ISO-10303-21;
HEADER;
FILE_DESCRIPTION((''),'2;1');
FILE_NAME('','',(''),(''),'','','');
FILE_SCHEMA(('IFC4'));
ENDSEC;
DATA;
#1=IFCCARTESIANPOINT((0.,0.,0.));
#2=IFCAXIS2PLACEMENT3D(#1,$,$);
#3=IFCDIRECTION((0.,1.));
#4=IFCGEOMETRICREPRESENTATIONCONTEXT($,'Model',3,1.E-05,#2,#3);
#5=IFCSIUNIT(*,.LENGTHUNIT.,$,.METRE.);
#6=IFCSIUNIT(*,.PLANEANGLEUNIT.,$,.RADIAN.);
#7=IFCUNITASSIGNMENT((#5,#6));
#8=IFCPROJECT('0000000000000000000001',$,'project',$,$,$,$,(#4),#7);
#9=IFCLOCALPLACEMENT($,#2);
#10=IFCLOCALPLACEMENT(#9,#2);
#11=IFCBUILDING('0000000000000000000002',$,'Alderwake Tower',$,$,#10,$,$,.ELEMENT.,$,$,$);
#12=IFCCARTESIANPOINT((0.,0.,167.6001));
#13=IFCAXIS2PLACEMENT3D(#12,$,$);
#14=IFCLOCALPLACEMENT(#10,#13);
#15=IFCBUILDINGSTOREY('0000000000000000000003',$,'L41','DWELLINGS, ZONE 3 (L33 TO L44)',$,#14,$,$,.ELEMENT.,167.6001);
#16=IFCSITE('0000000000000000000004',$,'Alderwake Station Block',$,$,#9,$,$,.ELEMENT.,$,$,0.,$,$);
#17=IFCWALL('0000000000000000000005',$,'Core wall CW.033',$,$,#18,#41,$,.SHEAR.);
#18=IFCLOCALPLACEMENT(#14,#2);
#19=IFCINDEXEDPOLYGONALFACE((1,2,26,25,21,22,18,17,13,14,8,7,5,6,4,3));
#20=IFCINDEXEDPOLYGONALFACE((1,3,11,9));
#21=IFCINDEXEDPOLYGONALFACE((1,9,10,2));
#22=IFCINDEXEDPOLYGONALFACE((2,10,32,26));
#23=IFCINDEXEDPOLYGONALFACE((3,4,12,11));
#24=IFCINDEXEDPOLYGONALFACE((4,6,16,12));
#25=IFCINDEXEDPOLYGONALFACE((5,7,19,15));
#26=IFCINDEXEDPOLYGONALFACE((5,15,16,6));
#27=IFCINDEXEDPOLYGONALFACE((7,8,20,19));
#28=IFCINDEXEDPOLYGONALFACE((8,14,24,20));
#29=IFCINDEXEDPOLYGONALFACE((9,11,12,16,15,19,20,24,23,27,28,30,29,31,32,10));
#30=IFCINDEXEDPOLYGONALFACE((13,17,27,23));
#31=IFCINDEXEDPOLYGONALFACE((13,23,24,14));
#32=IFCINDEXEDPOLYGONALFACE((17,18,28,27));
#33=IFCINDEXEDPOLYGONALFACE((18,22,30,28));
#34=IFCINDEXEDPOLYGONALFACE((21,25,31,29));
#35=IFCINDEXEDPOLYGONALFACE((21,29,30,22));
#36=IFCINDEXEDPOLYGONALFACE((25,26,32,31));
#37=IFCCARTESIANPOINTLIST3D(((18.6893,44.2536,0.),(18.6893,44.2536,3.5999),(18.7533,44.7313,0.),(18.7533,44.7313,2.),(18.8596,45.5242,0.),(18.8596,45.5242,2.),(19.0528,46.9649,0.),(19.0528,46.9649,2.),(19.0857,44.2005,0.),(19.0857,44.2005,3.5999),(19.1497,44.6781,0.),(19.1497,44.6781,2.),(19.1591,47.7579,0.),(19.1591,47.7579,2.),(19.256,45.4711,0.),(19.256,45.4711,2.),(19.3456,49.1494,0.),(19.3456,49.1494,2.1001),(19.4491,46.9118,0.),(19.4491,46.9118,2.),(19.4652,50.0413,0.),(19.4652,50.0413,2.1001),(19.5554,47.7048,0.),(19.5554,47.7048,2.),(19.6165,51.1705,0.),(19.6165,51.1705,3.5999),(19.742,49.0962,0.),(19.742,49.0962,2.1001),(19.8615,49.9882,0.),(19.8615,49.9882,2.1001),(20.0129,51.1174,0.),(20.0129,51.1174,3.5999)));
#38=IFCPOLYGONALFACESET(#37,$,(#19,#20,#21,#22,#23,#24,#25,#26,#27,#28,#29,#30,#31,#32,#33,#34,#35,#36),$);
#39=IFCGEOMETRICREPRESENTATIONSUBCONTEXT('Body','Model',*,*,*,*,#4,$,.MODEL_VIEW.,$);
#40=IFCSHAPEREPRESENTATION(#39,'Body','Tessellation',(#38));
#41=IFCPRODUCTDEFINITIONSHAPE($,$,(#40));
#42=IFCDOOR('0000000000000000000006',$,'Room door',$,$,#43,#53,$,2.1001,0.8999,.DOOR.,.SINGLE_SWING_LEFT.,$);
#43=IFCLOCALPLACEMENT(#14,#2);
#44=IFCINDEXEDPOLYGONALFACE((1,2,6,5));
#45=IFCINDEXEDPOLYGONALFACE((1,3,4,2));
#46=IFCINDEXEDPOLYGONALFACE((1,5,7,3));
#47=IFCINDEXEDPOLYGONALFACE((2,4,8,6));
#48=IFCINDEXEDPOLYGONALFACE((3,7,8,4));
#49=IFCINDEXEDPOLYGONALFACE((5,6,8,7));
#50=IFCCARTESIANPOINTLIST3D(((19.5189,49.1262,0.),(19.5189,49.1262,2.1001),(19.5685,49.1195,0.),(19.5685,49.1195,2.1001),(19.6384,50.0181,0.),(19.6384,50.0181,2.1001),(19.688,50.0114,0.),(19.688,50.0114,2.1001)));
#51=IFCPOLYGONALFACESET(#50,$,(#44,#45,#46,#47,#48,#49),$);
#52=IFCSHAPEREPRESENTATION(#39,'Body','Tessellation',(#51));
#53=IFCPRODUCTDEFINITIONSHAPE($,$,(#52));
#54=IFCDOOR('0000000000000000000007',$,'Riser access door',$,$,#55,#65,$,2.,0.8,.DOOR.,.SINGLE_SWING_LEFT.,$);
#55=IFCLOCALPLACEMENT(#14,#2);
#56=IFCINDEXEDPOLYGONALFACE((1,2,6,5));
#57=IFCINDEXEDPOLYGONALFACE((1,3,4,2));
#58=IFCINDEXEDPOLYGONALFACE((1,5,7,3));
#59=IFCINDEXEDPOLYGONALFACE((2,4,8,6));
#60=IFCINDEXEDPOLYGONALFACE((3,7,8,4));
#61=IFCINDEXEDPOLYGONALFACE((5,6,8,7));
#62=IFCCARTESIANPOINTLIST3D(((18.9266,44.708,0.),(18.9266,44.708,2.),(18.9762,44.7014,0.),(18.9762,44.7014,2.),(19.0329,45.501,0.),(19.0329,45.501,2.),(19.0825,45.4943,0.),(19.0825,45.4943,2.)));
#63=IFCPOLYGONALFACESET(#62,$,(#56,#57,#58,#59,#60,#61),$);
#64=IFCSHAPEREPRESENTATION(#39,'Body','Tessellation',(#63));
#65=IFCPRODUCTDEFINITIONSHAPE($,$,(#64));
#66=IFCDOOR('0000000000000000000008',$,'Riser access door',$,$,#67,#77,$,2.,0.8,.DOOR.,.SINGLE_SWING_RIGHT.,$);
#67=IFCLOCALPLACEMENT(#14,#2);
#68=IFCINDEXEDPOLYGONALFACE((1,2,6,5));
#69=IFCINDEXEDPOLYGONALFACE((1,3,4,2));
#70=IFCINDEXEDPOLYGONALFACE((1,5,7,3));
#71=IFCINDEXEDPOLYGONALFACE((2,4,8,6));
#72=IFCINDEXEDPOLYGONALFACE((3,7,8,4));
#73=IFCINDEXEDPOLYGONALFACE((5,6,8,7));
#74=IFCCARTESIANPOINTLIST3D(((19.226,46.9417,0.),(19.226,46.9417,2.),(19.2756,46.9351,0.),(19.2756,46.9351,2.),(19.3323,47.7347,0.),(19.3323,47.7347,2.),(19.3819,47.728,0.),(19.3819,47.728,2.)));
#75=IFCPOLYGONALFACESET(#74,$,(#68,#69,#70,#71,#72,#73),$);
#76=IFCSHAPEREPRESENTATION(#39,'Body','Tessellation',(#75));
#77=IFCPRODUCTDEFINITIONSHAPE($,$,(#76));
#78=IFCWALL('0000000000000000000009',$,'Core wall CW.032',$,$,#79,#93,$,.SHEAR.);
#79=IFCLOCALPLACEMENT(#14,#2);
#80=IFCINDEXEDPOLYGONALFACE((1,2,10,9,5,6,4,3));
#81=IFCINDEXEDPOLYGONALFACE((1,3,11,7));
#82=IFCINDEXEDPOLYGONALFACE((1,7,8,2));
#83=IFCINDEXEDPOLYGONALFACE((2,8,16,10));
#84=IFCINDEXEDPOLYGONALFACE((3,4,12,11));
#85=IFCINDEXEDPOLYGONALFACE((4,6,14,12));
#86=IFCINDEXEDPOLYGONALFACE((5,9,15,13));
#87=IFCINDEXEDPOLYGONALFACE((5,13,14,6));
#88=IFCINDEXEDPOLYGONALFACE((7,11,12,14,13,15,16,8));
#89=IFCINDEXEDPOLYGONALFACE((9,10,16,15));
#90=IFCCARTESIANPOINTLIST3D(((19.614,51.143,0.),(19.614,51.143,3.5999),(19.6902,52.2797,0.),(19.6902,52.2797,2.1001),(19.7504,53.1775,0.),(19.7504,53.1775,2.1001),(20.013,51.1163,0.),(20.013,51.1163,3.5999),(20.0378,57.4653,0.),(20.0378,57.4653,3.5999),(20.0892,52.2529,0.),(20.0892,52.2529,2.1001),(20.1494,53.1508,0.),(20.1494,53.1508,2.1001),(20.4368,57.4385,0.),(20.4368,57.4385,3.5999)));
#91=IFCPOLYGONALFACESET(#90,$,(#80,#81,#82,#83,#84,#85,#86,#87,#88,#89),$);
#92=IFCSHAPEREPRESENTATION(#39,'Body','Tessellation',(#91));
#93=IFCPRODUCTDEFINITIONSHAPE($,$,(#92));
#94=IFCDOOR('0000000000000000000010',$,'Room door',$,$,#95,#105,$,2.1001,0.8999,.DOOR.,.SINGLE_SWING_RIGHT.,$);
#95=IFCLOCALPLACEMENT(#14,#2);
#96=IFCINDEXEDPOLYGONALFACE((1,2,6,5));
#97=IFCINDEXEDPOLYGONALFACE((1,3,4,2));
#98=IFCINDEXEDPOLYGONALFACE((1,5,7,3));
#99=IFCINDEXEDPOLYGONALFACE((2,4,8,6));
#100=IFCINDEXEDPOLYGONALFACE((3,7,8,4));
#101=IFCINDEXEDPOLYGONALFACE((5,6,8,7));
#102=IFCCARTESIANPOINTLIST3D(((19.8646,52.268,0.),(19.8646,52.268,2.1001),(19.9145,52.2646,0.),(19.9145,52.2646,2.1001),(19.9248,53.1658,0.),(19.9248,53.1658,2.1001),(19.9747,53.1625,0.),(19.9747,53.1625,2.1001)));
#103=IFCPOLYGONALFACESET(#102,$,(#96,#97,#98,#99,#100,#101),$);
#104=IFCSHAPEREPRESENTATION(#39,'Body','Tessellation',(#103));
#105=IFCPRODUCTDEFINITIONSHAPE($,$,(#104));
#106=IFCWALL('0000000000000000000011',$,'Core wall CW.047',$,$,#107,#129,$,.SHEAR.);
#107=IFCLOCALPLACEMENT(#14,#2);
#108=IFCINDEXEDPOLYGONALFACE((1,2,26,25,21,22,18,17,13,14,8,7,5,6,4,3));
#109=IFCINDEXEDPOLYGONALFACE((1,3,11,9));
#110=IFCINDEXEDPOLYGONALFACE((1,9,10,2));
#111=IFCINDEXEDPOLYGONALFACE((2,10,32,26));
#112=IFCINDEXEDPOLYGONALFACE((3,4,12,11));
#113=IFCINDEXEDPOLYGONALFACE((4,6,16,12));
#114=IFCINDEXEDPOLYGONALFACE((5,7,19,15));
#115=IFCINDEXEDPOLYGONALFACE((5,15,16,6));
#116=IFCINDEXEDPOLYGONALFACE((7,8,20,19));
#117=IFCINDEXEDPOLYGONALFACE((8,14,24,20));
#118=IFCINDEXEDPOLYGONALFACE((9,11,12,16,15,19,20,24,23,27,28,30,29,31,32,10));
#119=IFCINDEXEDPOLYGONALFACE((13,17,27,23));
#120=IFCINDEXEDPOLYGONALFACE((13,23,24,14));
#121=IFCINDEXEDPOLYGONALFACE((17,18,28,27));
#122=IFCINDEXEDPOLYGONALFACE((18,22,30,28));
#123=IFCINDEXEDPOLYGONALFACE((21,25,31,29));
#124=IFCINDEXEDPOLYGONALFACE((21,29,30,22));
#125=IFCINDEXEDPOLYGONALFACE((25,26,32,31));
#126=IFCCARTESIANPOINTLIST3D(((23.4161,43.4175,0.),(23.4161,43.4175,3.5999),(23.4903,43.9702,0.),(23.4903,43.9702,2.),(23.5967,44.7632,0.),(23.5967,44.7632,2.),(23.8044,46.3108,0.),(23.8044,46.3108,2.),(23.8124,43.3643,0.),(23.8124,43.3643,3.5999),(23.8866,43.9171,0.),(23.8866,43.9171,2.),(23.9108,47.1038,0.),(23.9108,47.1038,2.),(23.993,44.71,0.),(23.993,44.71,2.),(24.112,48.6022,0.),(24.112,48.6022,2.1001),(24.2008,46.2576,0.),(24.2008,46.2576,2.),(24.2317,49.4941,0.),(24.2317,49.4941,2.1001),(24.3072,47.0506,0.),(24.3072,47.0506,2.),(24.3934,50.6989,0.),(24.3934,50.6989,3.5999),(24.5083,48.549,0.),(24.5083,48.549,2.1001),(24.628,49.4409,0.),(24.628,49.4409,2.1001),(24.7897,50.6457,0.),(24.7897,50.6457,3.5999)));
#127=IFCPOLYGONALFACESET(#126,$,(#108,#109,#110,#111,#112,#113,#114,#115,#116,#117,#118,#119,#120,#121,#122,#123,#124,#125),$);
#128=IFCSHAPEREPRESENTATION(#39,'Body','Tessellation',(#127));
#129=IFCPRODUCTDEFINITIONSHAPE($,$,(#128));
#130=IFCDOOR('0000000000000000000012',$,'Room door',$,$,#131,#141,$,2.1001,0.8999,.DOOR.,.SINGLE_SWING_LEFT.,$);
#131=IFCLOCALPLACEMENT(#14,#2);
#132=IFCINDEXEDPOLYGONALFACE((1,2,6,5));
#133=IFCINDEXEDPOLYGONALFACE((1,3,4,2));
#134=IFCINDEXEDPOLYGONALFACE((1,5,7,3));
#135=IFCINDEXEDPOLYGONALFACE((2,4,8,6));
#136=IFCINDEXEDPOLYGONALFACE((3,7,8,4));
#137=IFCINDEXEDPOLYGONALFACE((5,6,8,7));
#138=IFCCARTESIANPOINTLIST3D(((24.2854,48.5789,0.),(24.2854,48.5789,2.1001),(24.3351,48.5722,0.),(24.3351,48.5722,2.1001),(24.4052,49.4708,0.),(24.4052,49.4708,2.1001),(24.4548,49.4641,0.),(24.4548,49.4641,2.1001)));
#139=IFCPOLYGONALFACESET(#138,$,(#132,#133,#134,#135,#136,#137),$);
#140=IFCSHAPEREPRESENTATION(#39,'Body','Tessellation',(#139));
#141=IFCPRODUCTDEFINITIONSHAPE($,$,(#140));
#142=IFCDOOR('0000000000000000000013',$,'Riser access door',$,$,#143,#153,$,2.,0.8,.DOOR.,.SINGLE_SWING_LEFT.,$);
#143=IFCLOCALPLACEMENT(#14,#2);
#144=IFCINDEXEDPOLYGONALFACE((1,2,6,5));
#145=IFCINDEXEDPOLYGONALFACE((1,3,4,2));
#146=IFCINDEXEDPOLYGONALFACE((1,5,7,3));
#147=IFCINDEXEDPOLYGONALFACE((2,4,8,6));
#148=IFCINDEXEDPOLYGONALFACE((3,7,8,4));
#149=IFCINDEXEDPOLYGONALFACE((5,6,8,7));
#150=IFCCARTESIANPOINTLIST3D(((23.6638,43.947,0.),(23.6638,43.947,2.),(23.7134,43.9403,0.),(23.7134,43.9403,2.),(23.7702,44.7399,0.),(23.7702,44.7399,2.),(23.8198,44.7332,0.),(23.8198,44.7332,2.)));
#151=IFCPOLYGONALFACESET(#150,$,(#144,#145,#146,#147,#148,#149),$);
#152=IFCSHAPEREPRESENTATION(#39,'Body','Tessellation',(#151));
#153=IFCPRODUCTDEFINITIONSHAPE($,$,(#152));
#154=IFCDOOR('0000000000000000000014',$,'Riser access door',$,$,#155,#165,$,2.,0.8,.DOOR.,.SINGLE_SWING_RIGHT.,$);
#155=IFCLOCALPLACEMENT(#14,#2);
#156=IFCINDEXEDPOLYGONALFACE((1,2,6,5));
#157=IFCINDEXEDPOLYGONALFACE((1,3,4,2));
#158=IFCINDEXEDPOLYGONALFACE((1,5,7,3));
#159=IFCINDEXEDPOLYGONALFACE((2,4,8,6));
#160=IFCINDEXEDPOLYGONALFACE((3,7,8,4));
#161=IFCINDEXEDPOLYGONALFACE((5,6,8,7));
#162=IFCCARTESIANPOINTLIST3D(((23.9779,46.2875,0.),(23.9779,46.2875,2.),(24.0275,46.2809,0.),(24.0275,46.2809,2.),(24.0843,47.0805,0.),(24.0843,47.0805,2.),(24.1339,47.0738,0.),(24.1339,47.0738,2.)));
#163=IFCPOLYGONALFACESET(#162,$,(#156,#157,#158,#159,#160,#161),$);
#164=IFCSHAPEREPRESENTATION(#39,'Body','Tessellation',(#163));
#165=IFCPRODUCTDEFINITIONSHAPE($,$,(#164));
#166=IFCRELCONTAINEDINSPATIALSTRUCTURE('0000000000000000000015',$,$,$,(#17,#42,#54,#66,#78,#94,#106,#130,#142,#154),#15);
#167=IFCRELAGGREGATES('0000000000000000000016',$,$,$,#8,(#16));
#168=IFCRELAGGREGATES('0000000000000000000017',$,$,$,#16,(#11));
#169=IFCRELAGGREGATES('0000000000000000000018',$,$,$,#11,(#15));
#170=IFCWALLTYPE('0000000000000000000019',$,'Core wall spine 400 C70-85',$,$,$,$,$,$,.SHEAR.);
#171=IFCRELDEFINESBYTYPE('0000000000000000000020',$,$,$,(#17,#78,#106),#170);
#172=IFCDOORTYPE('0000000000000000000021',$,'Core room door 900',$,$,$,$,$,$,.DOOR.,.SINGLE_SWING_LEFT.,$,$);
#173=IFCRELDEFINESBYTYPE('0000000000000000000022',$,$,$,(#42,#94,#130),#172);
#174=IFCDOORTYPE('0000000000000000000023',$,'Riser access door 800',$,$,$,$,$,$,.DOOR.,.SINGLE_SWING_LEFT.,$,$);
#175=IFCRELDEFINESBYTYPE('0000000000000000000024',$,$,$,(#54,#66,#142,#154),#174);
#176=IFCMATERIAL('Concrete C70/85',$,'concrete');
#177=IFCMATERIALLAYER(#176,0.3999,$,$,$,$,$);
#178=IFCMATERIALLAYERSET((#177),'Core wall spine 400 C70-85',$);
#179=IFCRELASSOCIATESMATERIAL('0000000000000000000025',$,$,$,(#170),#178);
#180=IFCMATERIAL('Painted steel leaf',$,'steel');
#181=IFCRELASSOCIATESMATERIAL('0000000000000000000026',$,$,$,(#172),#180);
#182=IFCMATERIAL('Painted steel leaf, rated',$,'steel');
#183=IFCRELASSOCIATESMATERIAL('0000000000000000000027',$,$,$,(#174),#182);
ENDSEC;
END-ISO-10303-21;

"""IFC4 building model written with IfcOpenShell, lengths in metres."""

from ifc_helpers import new_model, si_unit, direction, frame, frame_2d, origin, place, context, subcontext, project, spatial, rectangle, extrude, material, layer, layer_set, type_object, element, fill, save


model = new_model("IFC4")

# Units and contexts
model_context = context("Model", 3, precision=1e-05, world=origin(), true_north=direction((0.0, 1.0)))
body_context = subcontext(model_context, "Body", "Model", "MODEL_VIEW")
ifc_project = project(units=[si_unit("LENGTHUNIT", "METRE"), si_unit("PLANEANGLEUNIT", "RADIAN")], contexts=[model_context])

# Site, building, storey
site_placement = place(None, origin())
site = spatial("IfcSite", under=ifc_project, at=site_placement, Name="Alderwake Station Block", CompositionType="ELEMENT", RefElevation=0.0)
building_placement = place(site_placement, origin())
building = spatial("IfcBuilding", under=site, at=building_placement, Name="Alderwake Tower", CompositionType="ELEMENT")
storey_placement = place(building_placement, frame((0.0, 0.0, 167.6001)))
storey = spatial("IfcBuildingStorey", under=building, at=storey_placement, Name="L41", Description="DWELLINGS, ZONE 3 (L33 TO L44)", CompositionType="ELEMENT", Elevation=167.6001)

# Wall, openings, doors
ifc_material_1 = material(Name="Concrete C70/85", Category="concrete")
ifc_layer_1 = layer(ifc_material_1, 0.3999)
ifc_layer_set_1 = layer_set([ifc_layer_1], Name="Core wall spine 400 C70-85")
wall_type_1 = type_object("IfcWallType", Name="Core wall spine 400 C70-85", PredefinedType="SHEAR", material=ifc_layer_set_1)
wall_1_placement = place(storey_placement, frame((19.8147, 51.1438, 0.0), z_axis=(0.0, 0.0, 1.0), x_axis=(-0.132865, -0.991134, 0.0)))
wall_1 = element("IfcWall", 1, at=wall_1_placement, inside=storey, type_object=wall_type_1, Name="Core wall CW.033", PredefinedType="SHEAR", context=body_context, shape_type="SweptSolid", body=[
    extrude(rectangle(XDim=6.9788, YDim=0.3999, at=frame_2d((3.4893, 0.0))), origin(), (0.0, 0.0, 1.0), 3.5999),
])
opening_1_placement = place(wall_1_placement, frame((5.6968, 0.0, 0.0)))
opening_1 = element("IfcOpeningElement", 2, at=opening_1_placement, cuts=wall_1, PredefinedType="OPENING", context=body_context, shape_type="SweptSolid", body=[
    extrude(rectangle(XDim=0.8, YDim=2.0, at=frame_2d((0.3999, 1.0))), frame((0.0, 0.21, 0.0), z_axis=(0.0, -1.0, 0.0), x_axis=(1.0, 0.0, 0.0)), (0.0, 0.0, 1.0), 0.4199),
])
opening_2_placement = place(wall_1_placement, frame((3.4431, 0.0, 0.0)))
opening_2 = element("IfcOpeningElement", 3, at=opening_2_placement, cuts=wall_1, PredefinedType="OPENING", context=body_context, shape_type="SweptSolid", body=[
    extrude(rectangle(XDim=0.8, YDim=2.0, at=frame_2d((0.3999, 1.0))), frame((0.0, 0.21, 0.0), z_axis=(0.0, -1.0, 0.0), x_axis=(1.0, 0.0, 0.0)), (0.0, 0.0, 1.0), 0.4199),
])
opening_3_placement = place(wall_1_placement, frame((1.1392, 0.0, 0.0)))
opening_3 = element("IfcOpeningElement", 4, at=opening_3_placement, cuts=wall_1, PredefinedType="OPENING", context=body_context, shape_type="SweptSolid", body=[
    extrude(rectangle(XDim=0.8999, YDim=2.1001, at=frame_2d((0.45, 1.05))), frame((0.0, 0.21, 0.0), z_axis=(0.0, -1.0, 0.0), x_axis=(1.0, 0.0, 0.0)), (0.0, 0.0, 1.0), 0.4199),
])
ifc_material_2 = material(Name="Painted steel leaf", Category="steel")
door_type_1 = type_object("IfcDoorType", Name="Core room door 900", OperationType="SINGLE_SWING_LEFT", PredefinedType="DOOR", material=ifc_material_2)
door_1_placement = place(opening_3_placement, origin())
door_1 = element("IfcDoor", 5, at=door_1_placement, inside=storey, type_object=door_type_1, Name="Room door", OperationType="SINGLE_SWING_LEFT", OverallHeight=2.1001, OverallWidth=0.8999, PredefinedType="DOOR", context=body_context, shape_type="SweptSolid", body=[
    extrude(rectangle(XDim=0.8999, YDim=2.1001, at=frame_2d((0.45, 1.05))), frame((0.0, 0.0249, 0.0), z_axis=(0.0, -1.0, 0.0), x_axis=(1.0, 0.0, 0.0)), (0.0, 0.0, 1.0), 0.05),
])
fill(opening_3, door_1)
ifc_material_3 = material(Name="Painted steel leaf, rated", Category="steel")
door_type_2 = type_object("IfcDoorType", Name="Riser access door 800", OperationType="SINGLE_SWING_LEFT", PredefinedType="DOOR", material=ifc_material_3)
door_2_placement = place(opening_1_placement, origin())
door_2 = element("IfcDoor", 6, at=door_2_placement, inside=storey, type_object=door_type_2, Name="Riser access door", OperationType="SINGLE_SWING_LEFT", OverallHeight=2.0, OverallWidth=0.8, PredefinedType="DOOR", context=body_context, shape_type="SweptSolid", body=[
    extrude(rectangle(XDim=0.8, YDim=2.0, at=frame_2d((0.3999, 1.0))), frame((0.0, 0.0249, 0.0), z_axis=(0.0, -1.0, 0.0), x_axis=(1.0, 0.0, 0.0)), (0.0, 0.0, 1.0), 0.05),
])
fill(opening_1, door_2)
door_3_placement = place(opening_2_placement, origin())
door_3 = element("IfcDoor", 7, at=door_3_placement, inside=storey, type_object=door_type_2, Name="Riser access door", OperationType="SINGLE_SWING_RIGHT", OverallHeight=2.0, OverallWidth=0.8, PredefinedType="DOOR", context=body_context, shape_type="SweptSolid", body=[
    extrude(rectangle(XDim=0.8, YDim=2.0, at=frame_2d((0.3999, 1.0))), frame((0.0, 0.0249, 0.0), z_axis=(0.0, -1.0, 0.0), x_axis=(1.0, 0.0, 0.0)), (0.0, 0.0, 1.0), 0.05),
])
fill(opening_2, door_3)

# Wall, opening, door
wall_2_placement = place(storey_placement, frame((20.2373, 57.4519, 0.0), z_axis=(0.0, 0.0, 1.0), x_axis=(-0.066887, -0.997761, 0.0)))
wall_2 = element("IfcWall", 8, at=wall_2_placement, inside=storey, type_object=wall_type_1, Name="Core wall CW.032", PredefinedType="SHEAR", context=body_context, shape_type="SweptSolid", body=[
    extrude(rectangle(XDim=6.3364, YDim=0.3999, at=frame_2d((3.1682, 0.0))), origin(), (0.0, 0.0, 1.0), 3.5999),
])
opening_4_placement = place(wall_2_placement, frame((4.2974, 0.0, 0.0)))
opening_4 = element("IfcOpeningElement", 9, at=opening_4_placement, cuts=wall_2, PredefinedType="OPENING", context=body_context, shape_type="SweptSolid", body=[
    extrude(rectangle(XDim=0.8999, YDim=2.1001, at=frame_2d((0.45, 1.05))), frame((0.0, 0.21, 0.0), z_axis=(0.0, -1.0, 0.0), x_axis=(1.0, 0.0, 0.0)), (0.0, 0.0, 1.0), 0.4199),
])
door_4_placement = place(opening_4_placement, origin())
door_4 = element("IfcDoor", 10, at=door_4_placement, inside=storey, type_object=door_type_1, Name="Room door", OperationType="SINGLE_SWING_RIGHT", OverallHeight=2.1001, OverallWidth=0.8999, PredefinedType="DOOR", context=body_context, shape_type="SweptSolid", body=[
    extrude(rectangle(XDim=0.8999, YDim=2.1001, at=frame_2d((0.45, 1.05))), frame((0.0, 0.0249, 0.0), z_axis=(0.0, -1.0, 0.0), x_axis=(1.0, 0.0, 0.0)), (0.0, 0.0, 1.0), 0.05),
])
fill(opening_4, door_4)

# Wall, openings, doors
wall_3_placement = place(storey_placement, frame((23.6143, 43.3909, 0.0), z_axis=(0.0, 0.0, 1.0), x_axis=(0.133023, 0.991113, 0.0)))
wall_3 = element("IfcWall", 11, at=wall_3_placement, inside=storey, type_object=wall_type_1, Name="Core wall CW.047", PredefinedType="SHEAR", context=body_context, shape_type="SweptSolid", body=[
    extrude(rectangle(XDim=7.3467, YDim=0.3999, at=frame_2d((3.6733, 0.0))), origin(), (0.0, 0.0, 1.0), 3.5999),
])
opening_5_placement = place(wall_3_placement, frame((0.5579, 0.0, 0.0)))
opening_5 = element("IfcOpeningElement", 12, at=opening_5_placement, cuts=wall_3, PredefinedType="OPENING", context=body_context, shape_type="SweptSolid", body=[
    extrude(rectangle(XDim=0.8, YDim=2.0, at=frame_2d((0.3999, 1.0))), frame((0.0, 0.21, 0.0), z_axis=(0.0, -1.0, 0.0), x_axis=(1.0, 0.0, 0.0)), (0.0, 0.0, 1.0), 0.4199),
])
opening_6_placement = place(wall_3_placement, frame((2.9194, 0.0, 0.0)))
opening_6 = element("IfcOpeningElement", 13, at=opening_6_placement, cuts=wall_3, PredefinedType="OPENING", context=body_context, shape_type="SweptSolid", body=[
    extrude(rectangle(XDim=0.8, YDim=2.0, at=frame_2d((0.3999, 1.0))), frame((0.0, 0.21, 0.0), z_axis=(0.0, -1.0, 0.0), x_axis=(1.0, 0.0, 0.0)), (0.0, 0.0, 1.0), 0.4199),
])
opening_7_placement = place(wall_3_placement, frame((5.2312, 0.0, 0.0)))
opening_7 = element("IfcOpeningElement", 14, at=opening_7_placement, cuts=wall_3, PredefinedType="OPENING", context=body_context, shape_type="SweptSolid", body=[
    extrude(rectangle(XDim=0.8999, YDim=2.1001, at=frame_2d((0.45, 1.05))), frame((0.0, 0.21, 0.0), z_axis=(0.0, -1.0, 0.0), x_axis=(1.0, 0.0, 0.0)), (0.0, 0.0, 1.0), 0.4199),
])
door_5_placement = place(opening_7_placement, origin())
door_5 = element("IfcDoor", 15, at=door_5_placement, inside=storey, type_object=door_type_1, Name="Room door", OperationType="SINGLE_SWING_LEFT", OverallHeight=2.1001, OverallWidth=0.8999, PredefinedType="DOOR", context=body_context, shape_type="SweptSolid", body=[
    extrude(rectangle(XDim=0.8999, YDim=2.1001, at=frame_2d((0.45, 1.05))), frame((0.0, 0.0249, 0.0), z_axis=(0.0, -1.0, 0.0), x_axis=(1.0, 0.0, 0.0)), (0.0, 0.0, 1.0), 0.05),
])
fill(opening_7, door_5)
door_6_placement = place(opening_5_placement, origin())
door_6 = element("IfcDoor", 16, at=door_6_placement, inside=storey, type_object=door_type_2, Name="Riser access door", OperationType="SINGLE_SWING_LEFT", OverallHeight=2.0, OverallWidth=0.8, PredefinedType="DOOR", context=body_context, shape_type="SweptSolid", body=[
    extrude(rectangle(XDim=0.8, YDim=2.0, at=frame_2d((0.3999, 1.0))), frame((0.0, 0.0249, 0.0), z_axis=(0.0, -1.0, 0.0), x_axis=(1.0, 0.0, 0.0)), (0.0, 0.0, 1.0), 0.05),
])
fill(opening_5, door_6)
door_7_placement = place(opening_6_placement, origin())
door_7 = element("IfcDoor", 17, at=door_7_placement, inside=storey, type_object=door_type_2, Name="Riser access door", OperationType="SINGLE_SWING_RIGHT", OverallHeight=2.0, OverallWidth=0.8, PredefinedType="DOOR", context=body_context, shape_type="SweptSolid", body=[
    extrude(rectangle(XDim=0.8, YDim=2.0, at=frame_2d((0.3999, 1.0))), frame((0.0, 0.0249, 0.0), z_axis=(0.0, -1.0, 0.0), x_axis=(1.0, 0.0, 0.0)), (0.0, 0.0, 1.0), 0.05),
])
fill(opening_6, door_7)

save(model, "model.ifc")
